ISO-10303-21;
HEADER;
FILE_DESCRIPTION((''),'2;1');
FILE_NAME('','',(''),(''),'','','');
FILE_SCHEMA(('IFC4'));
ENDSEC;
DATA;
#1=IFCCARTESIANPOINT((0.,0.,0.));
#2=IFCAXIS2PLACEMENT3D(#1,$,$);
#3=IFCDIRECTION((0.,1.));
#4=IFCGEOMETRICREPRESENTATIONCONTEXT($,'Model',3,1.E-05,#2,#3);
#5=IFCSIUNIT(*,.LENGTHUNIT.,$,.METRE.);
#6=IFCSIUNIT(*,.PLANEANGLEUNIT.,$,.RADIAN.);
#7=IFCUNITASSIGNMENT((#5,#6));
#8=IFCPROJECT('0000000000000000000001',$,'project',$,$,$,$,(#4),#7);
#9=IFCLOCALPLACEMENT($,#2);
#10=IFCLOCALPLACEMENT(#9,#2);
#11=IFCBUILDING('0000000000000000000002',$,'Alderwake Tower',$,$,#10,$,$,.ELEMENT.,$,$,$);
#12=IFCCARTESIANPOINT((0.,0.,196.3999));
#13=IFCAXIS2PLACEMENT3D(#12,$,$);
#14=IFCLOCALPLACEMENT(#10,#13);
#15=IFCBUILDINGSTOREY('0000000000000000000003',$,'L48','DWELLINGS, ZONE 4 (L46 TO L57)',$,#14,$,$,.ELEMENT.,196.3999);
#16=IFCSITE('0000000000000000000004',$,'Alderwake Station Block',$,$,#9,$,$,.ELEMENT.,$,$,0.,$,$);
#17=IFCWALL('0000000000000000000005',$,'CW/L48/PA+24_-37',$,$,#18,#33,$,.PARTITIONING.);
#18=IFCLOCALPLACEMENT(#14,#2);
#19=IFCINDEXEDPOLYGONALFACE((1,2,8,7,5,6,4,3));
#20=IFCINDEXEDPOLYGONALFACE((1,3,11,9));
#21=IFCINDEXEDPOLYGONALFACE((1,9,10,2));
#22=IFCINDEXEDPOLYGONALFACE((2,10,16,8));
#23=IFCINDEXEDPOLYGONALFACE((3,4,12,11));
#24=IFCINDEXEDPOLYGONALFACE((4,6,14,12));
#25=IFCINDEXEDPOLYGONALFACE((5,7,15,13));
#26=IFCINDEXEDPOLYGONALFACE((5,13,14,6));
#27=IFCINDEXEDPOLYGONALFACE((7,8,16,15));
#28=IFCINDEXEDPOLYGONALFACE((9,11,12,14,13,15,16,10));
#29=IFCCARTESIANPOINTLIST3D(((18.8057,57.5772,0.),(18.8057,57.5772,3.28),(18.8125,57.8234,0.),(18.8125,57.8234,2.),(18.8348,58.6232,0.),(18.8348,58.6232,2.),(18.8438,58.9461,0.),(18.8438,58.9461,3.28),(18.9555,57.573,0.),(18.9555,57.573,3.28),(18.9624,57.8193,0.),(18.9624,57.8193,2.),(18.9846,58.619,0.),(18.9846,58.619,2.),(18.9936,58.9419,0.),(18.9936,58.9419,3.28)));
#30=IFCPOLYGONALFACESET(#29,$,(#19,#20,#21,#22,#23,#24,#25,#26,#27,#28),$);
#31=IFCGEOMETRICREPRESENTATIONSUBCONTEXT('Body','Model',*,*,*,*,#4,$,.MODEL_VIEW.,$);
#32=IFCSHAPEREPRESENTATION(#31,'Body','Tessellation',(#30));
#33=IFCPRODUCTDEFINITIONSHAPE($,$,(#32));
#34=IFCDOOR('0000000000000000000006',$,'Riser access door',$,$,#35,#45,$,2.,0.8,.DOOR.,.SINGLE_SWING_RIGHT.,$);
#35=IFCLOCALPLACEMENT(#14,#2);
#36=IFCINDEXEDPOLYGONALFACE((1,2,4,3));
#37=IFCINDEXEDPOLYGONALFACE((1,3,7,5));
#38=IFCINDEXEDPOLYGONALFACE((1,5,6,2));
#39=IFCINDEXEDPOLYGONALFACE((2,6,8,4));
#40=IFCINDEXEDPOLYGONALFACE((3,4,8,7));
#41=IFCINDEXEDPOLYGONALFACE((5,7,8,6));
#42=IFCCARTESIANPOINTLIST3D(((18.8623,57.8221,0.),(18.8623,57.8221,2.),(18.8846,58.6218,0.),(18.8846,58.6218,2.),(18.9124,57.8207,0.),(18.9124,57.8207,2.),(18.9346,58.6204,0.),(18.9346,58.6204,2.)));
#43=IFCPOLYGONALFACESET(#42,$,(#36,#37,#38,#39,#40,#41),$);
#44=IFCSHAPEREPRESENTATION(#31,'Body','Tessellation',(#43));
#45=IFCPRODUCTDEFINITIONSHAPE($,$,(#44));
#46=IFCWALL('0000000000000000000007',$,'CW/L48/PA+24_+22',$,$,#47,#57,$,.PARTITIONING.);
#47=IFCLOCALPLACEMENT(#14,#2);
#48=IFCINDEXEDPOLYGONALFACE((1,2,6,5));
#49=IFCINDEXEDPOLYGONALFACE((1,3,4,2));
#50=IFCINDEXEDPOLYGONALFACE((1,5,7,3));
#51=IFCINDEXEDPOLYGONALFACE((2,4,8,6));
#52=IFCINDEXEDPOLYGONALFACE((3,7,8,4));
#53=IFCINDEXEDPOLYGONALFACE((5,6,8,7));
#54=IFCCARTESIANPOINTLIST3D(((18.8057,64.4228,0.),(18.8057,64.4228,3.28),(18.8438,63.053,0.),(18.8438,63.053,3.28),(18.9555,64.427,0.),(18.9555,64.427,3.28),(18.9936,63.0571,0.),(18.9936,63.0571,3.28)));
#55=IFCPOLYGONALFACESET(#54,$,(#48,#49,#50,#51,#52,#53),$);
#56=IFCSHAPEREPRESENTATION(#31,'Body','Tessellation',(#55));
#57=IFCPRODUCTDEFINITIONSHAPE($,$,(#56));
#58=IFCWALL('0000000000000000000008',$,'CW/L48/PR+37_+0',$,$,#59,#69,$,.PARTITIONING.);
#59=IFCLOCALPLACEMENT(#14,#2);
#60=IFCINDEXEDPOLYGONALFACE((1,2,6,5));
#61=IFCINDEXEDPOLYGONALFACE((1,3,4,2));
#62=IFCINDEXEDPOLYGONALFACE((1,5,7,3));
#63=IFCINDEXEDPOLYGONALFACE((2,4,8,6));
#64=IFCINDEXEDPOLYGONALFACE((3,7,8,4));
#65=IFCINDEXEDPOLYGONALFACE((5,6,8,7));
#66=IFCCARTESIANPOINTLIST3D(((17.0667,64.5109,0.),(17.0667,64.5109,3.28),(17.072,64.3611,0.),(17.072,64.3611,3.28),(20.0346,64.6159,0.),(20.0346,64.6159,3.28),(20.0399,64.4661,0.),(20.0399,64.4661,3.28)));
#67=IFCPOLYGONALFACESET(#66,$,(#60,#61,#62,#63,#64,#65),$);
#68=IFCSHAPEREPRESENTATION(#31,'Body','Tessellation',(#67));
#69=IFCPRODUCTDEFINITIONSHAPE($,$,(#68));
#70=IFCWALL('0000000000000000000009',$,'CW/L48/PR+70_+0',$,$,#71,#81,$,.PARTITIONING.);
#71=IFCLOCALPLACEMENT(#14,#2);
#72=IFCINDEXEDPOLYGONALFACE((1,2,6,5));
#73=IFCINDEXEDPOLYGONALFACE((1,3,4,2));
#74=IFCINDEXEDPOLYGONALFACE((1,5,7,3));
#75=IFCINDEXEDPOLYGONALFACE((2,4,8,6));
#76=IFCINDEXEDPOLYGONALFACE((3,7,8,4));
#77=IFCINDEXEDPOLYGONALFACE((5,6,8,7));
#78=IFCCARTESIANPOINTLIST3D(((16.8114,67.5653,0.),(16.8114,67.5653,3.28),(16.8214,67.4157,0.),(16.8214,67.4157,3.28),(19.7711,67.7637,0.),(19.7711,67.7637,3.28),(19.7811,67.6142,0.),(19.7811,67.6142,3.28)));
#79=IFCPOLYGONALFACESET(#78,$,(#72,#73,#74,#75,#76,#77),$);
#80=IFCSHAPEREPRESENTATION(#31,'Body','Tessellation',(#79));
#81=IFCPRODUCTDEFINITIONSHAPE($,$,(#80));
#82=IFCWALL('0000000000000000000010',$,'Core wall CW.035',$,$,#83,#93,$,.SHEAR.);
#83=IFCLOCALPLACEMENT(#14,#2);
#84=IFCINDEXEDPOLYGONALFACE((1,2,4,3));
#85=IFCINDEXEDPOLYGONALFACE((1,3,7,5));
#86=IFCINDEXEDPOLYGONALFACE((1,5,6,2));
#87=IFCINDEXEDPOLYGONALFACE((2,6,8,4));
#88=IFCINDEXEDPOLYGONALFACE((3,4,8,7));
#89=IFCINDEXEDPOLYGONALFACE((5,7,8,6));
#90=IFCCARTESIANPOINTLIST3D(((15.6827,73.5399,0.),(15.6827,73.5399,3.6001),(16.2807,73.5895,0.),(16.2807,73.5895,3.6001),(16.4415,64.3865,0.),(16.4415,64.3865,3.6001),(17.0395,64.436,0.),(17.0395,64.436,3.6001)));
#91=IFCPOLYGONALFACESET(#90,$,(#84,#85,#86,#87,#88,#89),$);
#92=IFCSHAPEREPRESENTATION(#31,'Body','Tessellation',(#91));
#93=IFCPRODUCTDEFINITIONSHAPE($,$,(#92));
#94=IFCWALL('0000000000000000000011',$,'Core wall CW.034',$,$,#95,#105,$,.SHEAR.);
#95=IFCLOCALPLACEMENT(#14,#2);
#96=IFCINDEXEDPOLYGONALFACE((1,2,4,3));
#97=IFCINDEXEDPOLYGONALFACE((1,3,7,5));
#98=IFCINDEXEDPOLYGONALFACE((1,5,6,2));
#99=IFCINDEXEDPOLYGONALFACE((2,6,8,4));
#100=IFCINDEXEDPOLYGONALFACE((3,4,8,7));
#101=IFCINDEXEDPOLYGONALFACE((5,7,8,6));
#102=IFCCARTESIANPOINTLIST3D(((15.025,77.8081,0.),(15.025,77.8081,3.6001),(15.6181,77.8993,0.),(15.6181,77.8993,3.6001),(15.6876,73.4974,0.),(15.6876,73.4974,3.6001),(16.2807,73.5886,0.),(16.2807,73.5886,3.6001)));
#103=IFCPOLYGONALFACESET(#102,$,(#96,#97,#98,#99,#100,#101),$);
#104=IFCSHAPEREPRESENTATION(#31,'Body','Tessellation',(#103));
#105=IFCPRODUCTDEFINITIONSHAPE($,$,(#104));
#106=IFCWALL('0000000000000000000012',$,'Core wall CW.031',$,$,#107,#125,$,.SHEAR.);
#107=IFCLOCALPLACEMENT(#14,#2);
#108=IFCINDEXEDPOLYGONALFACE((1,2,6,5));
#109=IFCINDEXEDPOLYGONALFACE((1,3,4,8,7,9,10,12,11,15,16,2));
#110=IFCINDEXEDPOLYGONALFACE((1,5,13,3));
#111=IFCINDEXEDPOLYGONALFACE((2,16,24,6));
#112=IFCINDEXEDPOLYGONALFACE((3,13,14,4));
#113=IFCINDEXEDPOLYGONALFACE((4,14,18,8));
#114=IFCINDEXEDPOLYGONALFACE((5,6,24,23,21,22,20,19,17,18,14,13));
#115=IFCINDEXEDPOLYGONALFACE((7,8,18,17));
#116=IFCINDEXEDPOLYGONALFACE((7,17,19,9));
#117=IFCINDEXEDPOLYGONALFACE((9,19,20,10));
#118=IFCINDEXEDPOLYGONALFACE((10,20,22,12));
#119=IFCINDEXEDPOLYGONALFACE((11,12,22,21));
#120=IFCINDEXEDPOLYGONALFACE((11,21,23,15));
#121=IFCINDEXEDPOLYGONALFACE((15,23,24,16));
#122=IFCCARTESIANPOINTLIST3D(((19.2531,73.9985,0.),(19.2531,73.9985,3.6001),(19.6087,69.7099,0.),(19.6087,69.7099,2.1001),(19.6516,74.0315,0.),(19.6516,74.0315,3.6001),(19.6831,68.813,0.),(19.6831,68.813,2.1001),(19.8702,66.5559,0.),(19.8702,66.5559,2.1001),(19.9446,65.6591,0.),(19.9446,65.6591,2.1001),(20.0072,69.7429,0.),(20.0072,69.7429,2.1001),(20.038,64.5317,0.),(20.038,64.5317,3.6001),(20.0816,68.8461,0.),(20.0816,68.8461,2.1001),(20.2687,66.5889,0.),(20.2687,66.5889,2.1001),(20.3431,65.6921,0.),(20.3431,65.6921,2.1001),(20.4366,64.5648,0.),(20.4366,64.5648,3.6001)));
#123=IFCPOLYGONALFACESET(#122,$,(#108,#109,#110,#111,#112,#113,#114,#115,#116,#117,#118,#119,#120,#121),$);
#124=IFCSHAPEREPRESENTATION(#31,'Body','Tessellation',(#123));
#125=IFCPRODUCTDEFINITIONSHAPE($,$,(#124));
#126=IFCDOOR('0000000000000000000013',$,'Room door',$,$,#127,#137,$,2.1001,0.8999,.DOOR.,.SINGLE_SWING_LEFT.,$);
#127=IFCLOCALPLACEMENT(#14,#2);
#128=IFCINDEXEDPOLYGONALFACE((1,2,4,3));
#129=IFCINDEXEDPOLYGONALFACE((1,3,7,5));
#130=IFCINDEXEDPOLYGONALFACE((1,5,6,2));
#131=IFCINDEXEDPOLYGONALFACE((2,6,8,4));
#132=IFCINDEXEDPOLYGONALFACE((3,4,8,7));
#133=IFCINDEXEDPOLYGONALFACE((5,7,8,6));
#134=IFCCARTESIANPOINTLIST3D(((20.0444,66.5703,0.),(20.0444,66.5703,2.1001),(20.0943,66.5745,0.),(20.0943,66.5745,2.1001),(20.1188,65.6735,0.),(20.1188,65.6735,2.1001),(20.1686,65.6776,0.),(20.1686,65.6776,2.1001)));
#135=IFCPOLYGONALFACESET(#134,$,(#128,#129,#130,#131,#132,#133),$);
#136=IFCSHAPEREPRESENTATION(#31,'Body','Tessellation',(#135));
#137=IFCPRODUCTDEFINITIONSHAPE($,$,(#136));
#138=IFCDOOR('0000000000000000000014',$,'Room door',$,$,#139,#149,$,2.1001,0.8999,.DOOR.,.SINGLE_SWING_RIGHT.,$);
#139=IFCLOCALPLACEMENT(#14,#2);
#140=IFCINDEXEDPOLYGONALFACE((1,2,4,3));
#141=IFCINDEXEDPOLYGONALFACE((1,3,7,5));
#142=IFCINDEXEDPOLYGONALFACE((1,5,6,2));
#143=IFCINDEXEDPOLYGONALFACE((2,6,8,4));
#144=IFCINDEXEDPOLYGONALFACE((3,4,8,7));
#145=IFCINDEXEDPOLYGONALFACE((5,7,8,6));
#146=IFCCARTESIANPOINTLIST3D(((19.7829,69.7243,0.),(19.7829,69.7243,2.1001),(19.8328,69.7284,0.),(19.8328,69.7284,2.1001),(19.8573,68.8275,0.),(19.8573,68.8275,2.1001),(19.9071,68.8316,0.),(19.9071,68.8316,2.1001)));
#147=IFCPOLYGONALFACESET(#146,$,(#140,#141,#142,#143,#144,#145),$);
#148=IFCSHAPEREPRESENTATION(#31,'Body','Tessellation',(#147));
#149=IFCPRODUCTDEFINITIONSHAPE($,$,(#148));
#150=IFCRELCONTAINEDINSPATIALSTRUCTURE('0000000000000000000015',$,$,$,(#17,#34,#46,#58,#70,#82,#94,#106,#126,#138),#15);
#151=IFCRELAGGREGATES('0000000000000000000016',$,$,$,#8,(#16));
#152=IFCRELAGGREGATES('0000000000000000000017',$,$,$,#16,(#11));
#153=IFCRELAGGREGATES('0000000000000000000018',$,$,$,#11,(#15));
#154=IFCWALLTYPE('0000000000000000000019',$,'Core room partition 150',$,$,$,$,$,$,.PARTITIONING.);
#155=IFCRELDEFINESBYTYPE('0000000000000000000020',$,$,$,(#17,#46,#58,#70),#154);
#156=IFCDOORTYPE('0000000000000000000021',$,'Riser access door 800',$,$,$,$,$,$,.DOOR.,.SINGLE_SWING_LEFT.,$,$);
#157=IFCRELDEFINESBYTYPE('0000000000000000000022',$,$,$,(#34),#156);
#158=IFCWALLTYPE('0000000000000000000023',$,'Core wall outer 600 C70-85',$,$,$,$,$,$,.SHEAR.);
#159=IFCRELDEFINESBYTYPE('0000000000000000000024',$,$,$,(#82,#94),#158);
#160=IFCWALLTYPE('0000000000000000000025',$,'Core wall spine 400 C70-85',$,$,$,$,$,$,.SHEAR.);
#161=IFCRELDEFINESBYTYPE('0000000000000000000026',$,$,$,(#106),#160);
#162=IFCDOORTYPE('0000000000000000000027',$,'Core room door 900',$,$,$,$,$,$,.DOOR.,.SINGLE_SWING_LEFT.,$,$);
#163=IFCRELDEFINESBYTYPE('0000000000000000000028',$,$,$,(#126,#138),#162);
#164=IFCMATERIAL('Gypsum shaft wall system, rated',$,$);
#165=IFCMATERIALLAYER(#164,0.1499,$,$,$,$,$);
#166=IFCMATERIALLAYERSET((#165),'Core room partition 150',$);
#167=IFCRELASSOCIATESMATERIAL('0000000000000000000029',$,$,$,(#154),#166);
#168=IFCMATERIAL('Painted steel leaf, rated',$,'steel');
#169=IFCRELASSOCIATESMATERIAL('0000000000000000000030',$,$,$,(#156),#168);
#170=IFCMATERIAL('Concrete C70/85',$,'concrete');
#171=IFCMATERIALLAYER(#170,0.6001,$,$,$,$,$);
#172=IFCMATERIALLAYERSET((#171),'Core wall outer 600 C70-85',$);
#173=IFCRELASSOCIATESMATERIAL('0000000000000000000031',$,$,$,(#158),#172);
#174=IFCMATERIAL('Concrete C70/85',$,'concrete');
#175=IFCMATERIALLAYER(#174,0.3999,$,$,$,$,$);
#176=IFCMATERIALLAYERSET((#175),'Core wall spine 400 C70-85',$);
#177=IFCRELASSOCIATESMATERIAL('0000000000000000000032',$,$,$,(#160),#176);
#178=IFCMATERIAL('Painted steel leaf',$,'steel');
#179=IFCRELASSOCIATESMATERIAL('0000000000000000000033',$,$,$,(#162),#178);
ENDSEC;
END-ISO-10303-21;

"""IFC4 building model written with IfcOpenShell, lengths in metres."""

from ifc_helpers import new_model, si_unit, direction, frame, frame_2d, origin, place, context, subcontext, project, spatial, rectangle, extrude, material, layer, layer_set, type_object, element, fill, save


model = new_model("IFC4")

# Units and contexts
model_context = context("Model", 3, precision=1e-05, world=origin(), true_north=direction((0.0, 1.0)))
body_context = subcontext(model_context, "Body", "Model", "MODEL_VIEW")
ifc_project = project(units=[si_unit("LENGTHUNIT", "METRE"), si_unit("PLANEANGLEUNIT", "RADIAN")], contexts=[model_context])

# Site, building, storey
site_placement = place(None, origin())
site = spatial("IfcSite", under=ifc_project, at=site_placement, Name="Alderwake Station Block", CompositionType="ELEMENT", RefElevation=0.0)
building_placement = place(site_placement, origin())
building = spatial("IfcBuilding", under=site, at=building_placement, Name="Alderwake Tower", CompositionType="ELEMENT")
storey_placement = place(building_placement, frame((0.0, 0.0, 196.3999)))
storey = spatial("IfcBuildingStorey", under=building, at=storey_placement, Name="L48", Description="DWELLINGS, ZONE 4 (L46 TO L57)", CompositionType="ELEMENT", Elevation=196.3999)

# Wall, opening, door
ifc_material_1 = material(Name="Gypsum shaft wall system, rated")
ifc_layer_1 = layer(ifc_material_1, 0.1499)
ifc_layer_set_1 = layer_set([ifc_layer_1], Name="Core room partition 150")
wall_type_1 = type_object("IfcWallType", Name="Core room partition 150", PredefinedType="PARTITIONING", material=ifc_layer_set_1)
wall_1_placement = place(storey_placement, frame((18.9187, 58.9438, 0.0), z_axis=(0.0, 0.0, 1.0), x_axis=(-0.027812, -0.999613, 0.0)))
wall_1 = element("IfcWall", 1, at=wall_1_placement, inside=storey, type_object=wall_type_1, Name="CW/L48/PA+24_-37", PredefinedType="PARTITIONING", context=body_context, shape_type="SweptSolid", body=[
    extrude(rectangle(XDim=1.3694, YDim=0.1499, at=frame_2d((0.6846, 0.0))), origin(), (0.0, 0.0, 1.0), 3.28),
])
opening_1_placement = place(wall_1_placement, frame((0.323, 0.0, 0.0)))
opening_1 = element("IfcOpeningElement", 2, at=opening_1_placement, cuts=wall_1, PredefinedType="OPENING", context=body_context, shape_type="SweptSolid", body=[
    extrude(rectangle(XDim=0.8, YDim=2.0, at=frame_2d((0.3999, 1.0))), frame((0.0, 0.085, 0.0), z_axis=(0.0, -1.0, 0.0), x_axis=(1.0, 0.0, 0.0)), (0.0, 0.0, 1.0), 0.1699),
])
ifc_material_2 = material(Name="Painted steel leaf, rated", Category="steel")
door_type_1 = type_object("IfcDoorType", Name="Riser access door 800", OperationType="SINGLE_SWING_LEFT", PredefinedType="DOOR", material=ifc_material_2)
door_1_placement = place(opening_1_placement, origin())
door_1 = element("IfcDoor", 3, at=door_1_placement, inside=storey, type_object=door_type_1, Name="Riser access door", OperationType="SINGLE_SWING_RIGHT", OverallHeight=2.0, OverallWidth=0.8, PredefinedType="DOOR", context=body_context, shape_type="SweptSolid", body=[
    extrude(rectangle(XDim=0.8, YDim=2.0, at=frame_2d((0.3999, 1.0))), frame((0.0, 0.0249, 0.0), z_axis=(0.0, -1.0, 0.0), x_axis=(1.0, 0.0, 0.0)), (0.0, 0.0, 1.0), 0.05),
])
fill(opening_1, door_1)

# Walls
wall_2_placement = place(storey_placement, frame((18.9187, 63.0552, 0.0), z_axis=(0.0, 0.0, 1.0), x_axis=(-0.027792, 0.999614, 0.0)))
element("IfcWall", 4, at=wall_2_placement, inside=storey, type_object=wall_type_1, Name="CW/L48/PA+24_+22", PredefinedType="PARTITIONING", context=body_context, shape_type="SweptSolid", body=[
    extrude(rectangle(XDim=1.3704, YDim=0.1499, at=frame_2d((0.6851, 0.0))), origin(), (0.0, 0.0, 1.0), 3.28),
])
wall_3_placement = place(storey_placement, frame((17.0693, 64.436, 0.0), z_axis=(0.0, 0.0, 1.0), x_axis=(0.999375, 0.035351, 0.0)))
element("IfcWall", 5, at=wall_3_placement, inside=storey, type_object=wall_type_1, Name="CW/L48/PR+37_+0", PredefinedType="PARTITIONING", context=body_context, shape_type="SweptSolid", body=[
    extrude(rectangle(XDim=2.9697, YDim=0.1499, at=frame_2d((1.4849, 0.0))), origin(), (0.0, 0.0, 1.0), 3.28),
])
wall_4_placement = place(storey_placement, frame((16.8164, 67.4905, 0.0), z_axis=(0.0, 0.0, 1.0), x_axis=(0.997759, 0.066912, 0.0)))
element("IfcWall", 6, at=wall_4_placement, inside=storey, type_object=wall_type_1, Name="CW/L48/PR+70_+0", PredefinedType="PARTITIONING", context=body_context, shape_type="SweptSolid", body=[
    extrude(rectangle(XDim=2.9663, YDim=0.1499, at=frame_2d((1.4832, 0.0))), origin(), (0.0, 0.0, 1.0), 3.28),
])
ifc_material_3 = material(Name="Concrete C70/85", Category="concrete")
ifc_layer_2 = layer(ifc_material_3, 0.6001)
ifc_layer_set_2 = layer_set([ifc_layer_2], Name="Core wall outer 600 C70-85")
wall_type_2 = type_object("IfcWallType", Name="Core wall outer 600 C70-85", PredefinedType="SHEAR", material=ifc_layer_set_2)
wall_5_placement = place(storey_placement, frame((16.7405, 64.4114, 0.0), z_axis=(0.0, 0.0, 1.0), x_axis=(-0.082614, 0.996582, 0.0)))
element("IfcWall", 7, at=wall_5_placement, inside=storey, type_object=wall_type_2, Name="Core wall CW.035", PredefinedType="SHEAR", context=body_context, shape_type="SweptSolid", body=[
    extrude(rectangle(XDim=9.1848, YDim=0.6001, at=frame_2d((4.5923, 0.0))), origin(), (0.0, 0.0, 1.0), 3.6001),
])
wall_6_placement = place(storey_placement, frame((15.9841, 73.543, 0.0), z_axis=(0.0, 0.0, 1.0), x_axis=(-0.151923, 0.988392, 0.0)))
element("IfcWall", 8, at=wall_6_placement, inside=storey, type_object=wall_type_2, Name="Core wall CW.034", PredefinedType="SHEAR", context=body_context, shape_type="SweptSolid", body=[
    extrude(rectangle(XDim=4.3613, YDim=0.6001, at=frame_2d((2.1807, 0.0))), origin(), (0.0, 0.0, 1.0), 3.6001),
])

# Wall, openings, doors
ifc_material_4 = material(Name="Concrete C70/85", Category="concrete")
ifc_layer_3 = layer(ifc_material_4, 0.3999)
ifc_layer_set_3 = layer_set([ifc_layer_3], Name="Core wall spine 400 C70-85")
wall_type_3 = type_object("IfcWallType", Name="Core wall spine 400 C70-85", PredefinedType="SHEAR", material=ifc_layer_set_3)
wall_7_placement = place(storey_placement, frame((19.4524, 74.0149, 0.0), z_axis=(0.0, 0.0, 1.0), x_axis=(0.082629, -0.99658, 0.0)))
wall_7 = element("IfcWall", 9, at=wall_7_placement, inside=storey, type_object=wall_type_3, Name="Core wall CW.031", PredefinedType="SHEAR", context=body_context, shape_type="SweptSolid", body=[
    extrude(rectangle(XDim=9.4993, YDim=0.3999, at=frame_2d((4.7495, 0.0))), origin(), (0.0, 0.0, 1.0), 3.6001),
])
opening_2_placement = place(wall_7_placement, frame((7.468, 0.0, 0.0)))
opening_2 = element("IfcOpeningElement", 10, at=opening_2_placement, cuts=wall_7, PredefinedType="OPENING", context=body_context, shape_type="SweptSolid", body=[
    extrude(rectangle(XDim=0.8999, YDim=2.1001, at=frame_2d((0.45, 1.05))), frame((0.0, 0.21, 0.0), z_axis=(0.0, -1.0, 0.0), x_axis=(1.0, 0.0, 0.0)), (0.0, 0.0, 1.0), 0.4199),
])
opening_3_placement = place(wall_7_placement, frame((4.3032, 0.0, 0.0)))
opening_3 = element("IfcOpeningElement", 11, at=opening_3_placement, cuts=wall_7, PredefinedType="OPENING", context=body_context, shape_type="SweptSolid", body=[
    extrude(rectangle(XDim=0.8999, YDim=2.1001, at=frame_2d((0.45, 1.05))), frame((0.0, 0.21, 0.0), z_axis=(0.0, -1.0, 0.0), x_axis=(1.0, 0.0, 0.0)), (0.0, 0.0, 1.0), 0.4199),
])
ifc_material_5 = material(Name="Painted steel leaf", Category="steel")
door_type_2 = type_object("IfcDoorType", Name="Core room door 900", OperationType="SINGLE_SWING_LEFT", PredefinedType="DOOR", material=ifc_material_5)
door_2_placement = place(opening_2_placement, origin())
door_2 = element("IfcDoor", 12, at=door_2_placement, inside=storey, type_object=door_type_2, Name="Room door", OperationType="SINGLE_SWING_LEFT", OverallHeight=2.1001, OverallWidth=0.8999, PredefinedType="DOOR", context=body_context, shape_type="SweptSolid", body=[
    extrude(rectangle(XDim=0.8999, YDim=2.1001, at=frame_2d((0.45, 1.05))), frame((0.0, 0.0249, 0.0), z_axis=(0.0, -1.0, 0.0), x_axis=(1.0, 0.0, 0.0)), (0.0, 0.0, 1.0), 0.05),
])
fill(opening_2, door_2)
door_3_placement = place(opening_3_placement, origin())
door_3 = element("IfcDoor", 13, at=door_3_placement, inside=storey, type_object=door_type_2, Name="Room door", OperationType="SINGLE_SWING_RIGHT", OverallHeight=2.1001, OverallWidth=0.8999, PredefinedType="DOOR", context=body_context, shape_type="SweptSolid", body=[
    extrude(rectangle(XDim=0.8999, YDim=2.1001, at=frame_2d((0.45, 1.05))), frame((0.0, 0.0249, 0.0), z_axis=(0.0, -1.0, 0.0), x_axis=(1.0, 0.0, 0.0)), (0.0, 0.0, 1.0), 0.05),
])
fill(opening_3, door_3)

save(model, "model.ifc")
